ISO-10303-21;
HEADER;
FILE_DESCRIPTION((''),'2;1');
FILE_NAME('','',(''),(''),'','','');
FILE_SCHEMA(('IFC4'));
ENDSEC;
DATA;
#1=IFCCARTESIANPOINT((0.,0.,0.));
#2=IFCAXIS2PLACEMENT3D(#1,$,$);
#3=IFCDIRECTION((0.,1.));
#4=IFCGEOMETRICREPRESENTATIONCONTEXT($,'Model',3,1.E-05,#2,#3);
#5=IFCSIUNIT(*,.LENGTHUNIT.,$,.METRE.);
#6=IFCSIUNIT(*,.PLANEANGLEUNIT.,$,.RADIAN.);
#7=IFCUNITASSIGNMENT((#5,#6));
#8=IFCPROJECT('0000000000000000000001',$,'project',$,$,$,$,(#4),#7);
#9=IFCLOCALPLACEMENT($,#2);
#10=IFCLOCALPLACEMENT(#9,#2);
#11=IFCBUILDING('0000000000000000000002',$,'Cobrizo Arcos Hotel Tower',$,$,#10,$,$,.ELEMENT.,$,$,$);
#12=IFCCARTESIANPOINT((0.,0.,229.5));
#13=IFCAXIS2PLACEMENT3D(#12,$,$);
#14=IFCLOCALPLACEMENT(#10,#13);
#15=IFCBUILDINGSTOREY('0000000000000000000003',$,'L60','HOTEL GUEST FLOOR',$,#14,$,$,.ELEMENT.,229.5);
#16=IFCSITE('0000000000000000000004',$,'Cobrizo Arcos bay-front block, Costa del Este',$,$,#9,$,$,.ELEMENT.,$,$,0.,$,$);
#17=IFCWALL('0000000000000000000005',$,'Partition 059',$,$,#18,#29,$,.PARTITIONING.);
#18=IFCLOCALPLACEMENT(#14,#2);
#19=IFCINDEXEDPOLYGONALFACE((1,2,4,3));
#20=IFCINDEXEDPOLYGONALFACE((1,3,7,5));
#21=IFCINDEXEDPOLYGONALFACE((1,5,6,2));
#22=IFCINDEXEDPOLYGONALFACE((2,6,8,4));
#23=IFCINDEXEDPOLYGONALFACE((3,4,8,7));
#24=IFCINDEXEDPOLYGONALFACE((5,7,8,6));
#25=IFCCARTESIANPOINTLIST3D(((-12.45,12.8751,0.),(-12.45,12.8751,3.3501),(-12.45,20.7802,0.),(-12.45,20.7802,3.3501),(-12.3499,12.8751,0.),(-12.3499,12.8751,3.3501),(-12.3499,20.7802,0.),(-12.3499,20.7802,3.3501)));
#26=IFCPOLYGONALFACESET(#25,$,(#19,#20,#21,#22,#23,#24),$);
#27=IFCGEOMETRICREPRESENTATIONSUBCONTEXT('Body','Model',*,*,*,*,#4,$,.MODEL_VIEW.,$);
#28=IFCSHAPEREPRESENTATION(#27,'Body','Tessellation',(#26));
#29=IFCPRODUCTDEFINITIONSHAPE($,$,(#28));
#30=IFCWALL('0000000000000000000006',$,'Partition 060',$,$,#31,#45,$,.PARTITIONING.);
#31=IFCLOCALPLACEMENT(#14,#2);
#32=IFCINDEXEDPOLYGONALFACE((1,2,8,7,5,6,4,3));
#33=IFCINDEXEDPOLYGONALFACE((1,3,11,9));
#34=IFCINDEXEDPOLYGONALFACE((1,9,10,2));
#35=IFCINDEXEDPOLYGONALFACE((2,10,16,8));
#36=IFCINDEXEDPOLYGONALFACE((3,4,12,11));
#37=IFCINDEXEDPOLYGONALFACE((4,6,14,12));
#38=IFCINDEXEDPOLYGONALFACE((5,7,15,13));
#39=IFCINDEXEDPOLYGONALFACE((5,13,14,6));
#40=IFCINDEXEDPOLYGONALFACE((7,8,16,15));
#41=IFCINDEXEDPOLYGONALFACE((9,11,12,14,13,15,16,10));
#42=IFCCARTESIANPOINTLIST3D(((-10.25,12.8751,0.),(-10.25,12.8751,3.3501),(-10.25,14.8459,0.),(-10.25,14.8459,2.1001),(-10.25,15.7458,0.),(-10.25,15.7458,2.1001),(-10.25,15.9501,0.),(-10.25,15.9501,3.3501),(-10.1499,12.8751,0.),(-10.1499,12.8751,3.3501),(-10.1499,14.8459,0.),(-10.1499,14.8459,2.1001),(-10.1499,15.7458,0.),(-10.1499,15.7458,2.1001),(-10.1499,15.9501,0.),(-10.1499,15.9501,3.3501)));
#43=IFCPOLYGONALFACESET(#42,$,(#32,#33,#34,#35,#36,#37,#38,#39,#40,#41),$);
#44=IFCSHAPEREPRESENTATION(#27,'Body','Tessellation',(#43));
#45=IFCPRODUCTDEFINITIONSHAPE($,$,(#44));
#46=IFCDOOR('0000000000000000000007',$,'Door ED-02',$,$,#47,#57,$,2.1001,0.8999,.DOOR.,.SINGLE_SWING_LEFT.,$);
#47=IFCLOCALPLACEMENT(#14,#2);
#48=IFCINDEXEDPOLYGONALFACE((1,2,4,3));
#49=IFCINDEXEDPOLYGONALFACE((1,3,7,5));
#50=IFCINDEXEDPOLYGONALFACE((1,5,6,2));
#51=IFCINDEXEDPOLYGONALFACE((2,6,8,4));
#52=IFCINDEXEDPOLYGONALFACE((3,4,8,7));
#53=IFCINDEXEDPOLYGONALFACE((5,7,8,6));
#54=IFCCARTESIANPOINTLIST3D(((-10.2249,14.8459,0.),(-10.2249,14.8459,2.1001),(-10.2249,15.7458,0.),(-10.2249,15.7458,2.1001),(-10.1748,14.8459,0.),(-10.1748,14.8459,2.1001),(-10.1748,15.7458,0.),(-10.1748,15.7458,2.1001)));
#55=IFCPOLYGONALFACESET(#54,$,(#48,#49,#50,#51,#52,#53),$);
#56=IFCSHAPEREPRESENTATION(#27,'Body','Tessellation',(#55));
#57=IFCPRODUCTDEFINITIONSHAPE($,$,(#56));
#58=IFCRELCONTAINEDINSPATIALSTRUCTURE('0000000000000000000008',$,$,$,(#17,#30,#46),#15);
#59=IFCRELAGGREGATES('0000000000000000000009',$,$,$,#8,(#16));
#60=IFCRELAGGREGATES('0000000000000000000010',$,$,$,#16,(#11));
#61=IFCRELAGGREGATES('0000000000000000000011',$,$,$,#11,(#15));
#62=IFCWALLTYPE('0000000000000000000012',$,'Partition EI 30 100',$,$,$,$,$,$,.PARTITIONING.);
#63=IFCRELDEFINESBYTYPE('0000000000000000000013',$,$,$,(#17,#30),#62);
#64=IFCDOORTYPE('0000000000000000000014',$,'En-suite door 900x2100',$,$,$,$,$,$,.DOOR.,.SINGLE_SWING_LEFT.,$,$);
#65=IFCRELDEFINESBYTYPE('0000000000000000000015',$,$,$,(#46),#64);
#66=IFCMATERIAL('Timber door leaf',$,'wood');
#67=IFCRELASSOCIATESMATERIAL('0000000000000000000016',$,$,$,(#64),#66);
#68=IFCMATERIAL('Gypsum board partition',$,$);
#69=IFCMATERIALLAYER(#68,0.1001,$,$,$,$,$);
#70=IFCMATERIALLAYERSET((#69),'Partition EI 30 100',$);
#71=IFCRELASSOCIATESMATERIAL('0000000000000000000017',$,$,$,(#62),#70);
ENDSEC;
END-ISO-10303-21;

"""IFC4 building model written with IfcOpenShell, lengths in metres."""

from ifc_helpers import new_model, si_unit, direction, frame, frame_2d, origin, place, context, subcontext, project, spatial, rectangle, extrude, material, layer, layer_set, type_object, element, fill, save


model = new_model("IFC4")

# Units and contexts
model_context = context("Model", 3, precision=1e-05, world=origin(), true_north=direction((0.0, 1.0)))
body_context = subcontext(model_context, "Body", "Model", "MODEL_VIEW")
ifc_project = project(units=[si_unit("LENGTHUNIT", "METRE"), si_unit("PLANEANGLEUNIT", "RADIAN")], contexts=[model_context])

# Site, building, storey
site_placement = place(None, origin())
site = spatial("IfcSite", under=ifc_project, at=site_placement, Name="Cobrizo Arcos bay-front block, Costa del Este", CompositionType="ELEMENT", RefElevation=0.0)
building_placement = place(site_placement, origin())
building = spatial("IfcBuilding", under=site, at=building_placement, Name="Cobrizo Arcos Hotel Tower", CompositionType="ELEMENT")
storey_placement = place(building_placement, frame((0.0, 0.0, 229.5)))
storey = spatial("IfcBuildingStorey", under=building, at=storey_placement, Name="L60", Description="HOTEL GUEST FLOOR", CompositionType="ELEMENT", Elevation=229.5)

# Shared definitions
ifc_material_1 = material(Name="Gypsum board partition")
ifc_material_2 = material(Name="Timber door leaf", Category="wood")
door_type = type_object("IfcDoorType", Name="En-suite door 900x2100", OperationType="SINGLE_SWING_LEFT", PredefinedType="DOOR", material=ifc_material_2)

# Wall
ifc_layer_1 = layer(ifc_material_1, 0.1001)
ifc_layer_set_1 = layer_set([ifc_layer_1], Name="Partition EI 30 100")
wall_type_1 = type_object("IfcWallType", Name="Partition EI 30 100", PredefinedType="PARTITIONING", material=ifc_layer_set_1)
wall_1_placement = place(storey_placement, frame((-12.3999, 12.875, 0.0), z_axis=(0.0, 0.0, 1.0), x_axis=(0.0, 1.0, 0.0)))
element("IfcWall", 1, at=wall_1_placement, inside=storey, type_object=wall_type_1, Name="Partition 059", PredefinedType="PARTITIONING", context=body_context, shape_type="SweptSolid", body=[
    extrude(rectangle(XDim=7.905, YDim=0.1001, at=frame_2d((3.9526, 0.0))), origin(), (0.0, 0.0, 1.0), 3.3501),
])

# Wall, opening, door
wall_2_placement = place(storey_placement, frame((-10.2, 12.875, 0.0), z_axis=(0.0, 0.0, 1.0), x_axis=(0.0, 1.0, 0.0)))
wall_2 = element("IfcWall", 2, at=wall_2_placement, inside=storey, type_object=wall_type_1, Name="Partition 060", PredefinedType="PARTITIONING", context=body_context, shape_type="SweptSolid", body=[
    extrude(rectangle(XDim=3.075, YDim=0.1001, at=frame_2d((1.5376, 0.0))), origin(), (0.0, 0.0, 1.0), 3.3501),
])
opening_1_placement = place(wall_2_placement, frame((1.9709, 0.0, 0.0)))
opening_1 = element("IfcOpeningElement", 3, at=opening_1_placement, cuts=wall_2, PredefinedType="OPENING", context=body_context, shape_type="SweptSolid", body=[
    extrude(rectangle(XDim=0.8999, YDim=2.1001, at=frame_2d((0.45, 1.05))), frame((0.0, 0.062, 0.0), z_axis=(0.0, -1.0, 0.0), x_axis=(1.0, 0.0, 0.0)), (0.0, 0.0, 1.0), 0.124),
])
door_1_placement = place(opening_1_placement, origin())
door_1 = element("IfcDoor", 4, at=door_1_placement, inside=storey, type_object=door_type, Name="Door ED-02", OperationType="SINGLE_SWING_LEFT", OverallHeight=2.1001, OverallWidth=0.8999, PredefinedType="DOOR", context=body_context, shape_type="SweptSolid", body=[
    extrude(rectangle(XDim=0.8999, YDim=2.1001, at=frame_2d((0.45, 1.05))), frame((0.0, 0.0249, 0.0), z_axis=(0.0, -1.0, 0.0), x_axis=(1.0, 0.0, 0.0)), (0.0, 0.0, 1.0), 0.05),
])
fill(opening_1, door_1)

save(model, "model.ifc")
